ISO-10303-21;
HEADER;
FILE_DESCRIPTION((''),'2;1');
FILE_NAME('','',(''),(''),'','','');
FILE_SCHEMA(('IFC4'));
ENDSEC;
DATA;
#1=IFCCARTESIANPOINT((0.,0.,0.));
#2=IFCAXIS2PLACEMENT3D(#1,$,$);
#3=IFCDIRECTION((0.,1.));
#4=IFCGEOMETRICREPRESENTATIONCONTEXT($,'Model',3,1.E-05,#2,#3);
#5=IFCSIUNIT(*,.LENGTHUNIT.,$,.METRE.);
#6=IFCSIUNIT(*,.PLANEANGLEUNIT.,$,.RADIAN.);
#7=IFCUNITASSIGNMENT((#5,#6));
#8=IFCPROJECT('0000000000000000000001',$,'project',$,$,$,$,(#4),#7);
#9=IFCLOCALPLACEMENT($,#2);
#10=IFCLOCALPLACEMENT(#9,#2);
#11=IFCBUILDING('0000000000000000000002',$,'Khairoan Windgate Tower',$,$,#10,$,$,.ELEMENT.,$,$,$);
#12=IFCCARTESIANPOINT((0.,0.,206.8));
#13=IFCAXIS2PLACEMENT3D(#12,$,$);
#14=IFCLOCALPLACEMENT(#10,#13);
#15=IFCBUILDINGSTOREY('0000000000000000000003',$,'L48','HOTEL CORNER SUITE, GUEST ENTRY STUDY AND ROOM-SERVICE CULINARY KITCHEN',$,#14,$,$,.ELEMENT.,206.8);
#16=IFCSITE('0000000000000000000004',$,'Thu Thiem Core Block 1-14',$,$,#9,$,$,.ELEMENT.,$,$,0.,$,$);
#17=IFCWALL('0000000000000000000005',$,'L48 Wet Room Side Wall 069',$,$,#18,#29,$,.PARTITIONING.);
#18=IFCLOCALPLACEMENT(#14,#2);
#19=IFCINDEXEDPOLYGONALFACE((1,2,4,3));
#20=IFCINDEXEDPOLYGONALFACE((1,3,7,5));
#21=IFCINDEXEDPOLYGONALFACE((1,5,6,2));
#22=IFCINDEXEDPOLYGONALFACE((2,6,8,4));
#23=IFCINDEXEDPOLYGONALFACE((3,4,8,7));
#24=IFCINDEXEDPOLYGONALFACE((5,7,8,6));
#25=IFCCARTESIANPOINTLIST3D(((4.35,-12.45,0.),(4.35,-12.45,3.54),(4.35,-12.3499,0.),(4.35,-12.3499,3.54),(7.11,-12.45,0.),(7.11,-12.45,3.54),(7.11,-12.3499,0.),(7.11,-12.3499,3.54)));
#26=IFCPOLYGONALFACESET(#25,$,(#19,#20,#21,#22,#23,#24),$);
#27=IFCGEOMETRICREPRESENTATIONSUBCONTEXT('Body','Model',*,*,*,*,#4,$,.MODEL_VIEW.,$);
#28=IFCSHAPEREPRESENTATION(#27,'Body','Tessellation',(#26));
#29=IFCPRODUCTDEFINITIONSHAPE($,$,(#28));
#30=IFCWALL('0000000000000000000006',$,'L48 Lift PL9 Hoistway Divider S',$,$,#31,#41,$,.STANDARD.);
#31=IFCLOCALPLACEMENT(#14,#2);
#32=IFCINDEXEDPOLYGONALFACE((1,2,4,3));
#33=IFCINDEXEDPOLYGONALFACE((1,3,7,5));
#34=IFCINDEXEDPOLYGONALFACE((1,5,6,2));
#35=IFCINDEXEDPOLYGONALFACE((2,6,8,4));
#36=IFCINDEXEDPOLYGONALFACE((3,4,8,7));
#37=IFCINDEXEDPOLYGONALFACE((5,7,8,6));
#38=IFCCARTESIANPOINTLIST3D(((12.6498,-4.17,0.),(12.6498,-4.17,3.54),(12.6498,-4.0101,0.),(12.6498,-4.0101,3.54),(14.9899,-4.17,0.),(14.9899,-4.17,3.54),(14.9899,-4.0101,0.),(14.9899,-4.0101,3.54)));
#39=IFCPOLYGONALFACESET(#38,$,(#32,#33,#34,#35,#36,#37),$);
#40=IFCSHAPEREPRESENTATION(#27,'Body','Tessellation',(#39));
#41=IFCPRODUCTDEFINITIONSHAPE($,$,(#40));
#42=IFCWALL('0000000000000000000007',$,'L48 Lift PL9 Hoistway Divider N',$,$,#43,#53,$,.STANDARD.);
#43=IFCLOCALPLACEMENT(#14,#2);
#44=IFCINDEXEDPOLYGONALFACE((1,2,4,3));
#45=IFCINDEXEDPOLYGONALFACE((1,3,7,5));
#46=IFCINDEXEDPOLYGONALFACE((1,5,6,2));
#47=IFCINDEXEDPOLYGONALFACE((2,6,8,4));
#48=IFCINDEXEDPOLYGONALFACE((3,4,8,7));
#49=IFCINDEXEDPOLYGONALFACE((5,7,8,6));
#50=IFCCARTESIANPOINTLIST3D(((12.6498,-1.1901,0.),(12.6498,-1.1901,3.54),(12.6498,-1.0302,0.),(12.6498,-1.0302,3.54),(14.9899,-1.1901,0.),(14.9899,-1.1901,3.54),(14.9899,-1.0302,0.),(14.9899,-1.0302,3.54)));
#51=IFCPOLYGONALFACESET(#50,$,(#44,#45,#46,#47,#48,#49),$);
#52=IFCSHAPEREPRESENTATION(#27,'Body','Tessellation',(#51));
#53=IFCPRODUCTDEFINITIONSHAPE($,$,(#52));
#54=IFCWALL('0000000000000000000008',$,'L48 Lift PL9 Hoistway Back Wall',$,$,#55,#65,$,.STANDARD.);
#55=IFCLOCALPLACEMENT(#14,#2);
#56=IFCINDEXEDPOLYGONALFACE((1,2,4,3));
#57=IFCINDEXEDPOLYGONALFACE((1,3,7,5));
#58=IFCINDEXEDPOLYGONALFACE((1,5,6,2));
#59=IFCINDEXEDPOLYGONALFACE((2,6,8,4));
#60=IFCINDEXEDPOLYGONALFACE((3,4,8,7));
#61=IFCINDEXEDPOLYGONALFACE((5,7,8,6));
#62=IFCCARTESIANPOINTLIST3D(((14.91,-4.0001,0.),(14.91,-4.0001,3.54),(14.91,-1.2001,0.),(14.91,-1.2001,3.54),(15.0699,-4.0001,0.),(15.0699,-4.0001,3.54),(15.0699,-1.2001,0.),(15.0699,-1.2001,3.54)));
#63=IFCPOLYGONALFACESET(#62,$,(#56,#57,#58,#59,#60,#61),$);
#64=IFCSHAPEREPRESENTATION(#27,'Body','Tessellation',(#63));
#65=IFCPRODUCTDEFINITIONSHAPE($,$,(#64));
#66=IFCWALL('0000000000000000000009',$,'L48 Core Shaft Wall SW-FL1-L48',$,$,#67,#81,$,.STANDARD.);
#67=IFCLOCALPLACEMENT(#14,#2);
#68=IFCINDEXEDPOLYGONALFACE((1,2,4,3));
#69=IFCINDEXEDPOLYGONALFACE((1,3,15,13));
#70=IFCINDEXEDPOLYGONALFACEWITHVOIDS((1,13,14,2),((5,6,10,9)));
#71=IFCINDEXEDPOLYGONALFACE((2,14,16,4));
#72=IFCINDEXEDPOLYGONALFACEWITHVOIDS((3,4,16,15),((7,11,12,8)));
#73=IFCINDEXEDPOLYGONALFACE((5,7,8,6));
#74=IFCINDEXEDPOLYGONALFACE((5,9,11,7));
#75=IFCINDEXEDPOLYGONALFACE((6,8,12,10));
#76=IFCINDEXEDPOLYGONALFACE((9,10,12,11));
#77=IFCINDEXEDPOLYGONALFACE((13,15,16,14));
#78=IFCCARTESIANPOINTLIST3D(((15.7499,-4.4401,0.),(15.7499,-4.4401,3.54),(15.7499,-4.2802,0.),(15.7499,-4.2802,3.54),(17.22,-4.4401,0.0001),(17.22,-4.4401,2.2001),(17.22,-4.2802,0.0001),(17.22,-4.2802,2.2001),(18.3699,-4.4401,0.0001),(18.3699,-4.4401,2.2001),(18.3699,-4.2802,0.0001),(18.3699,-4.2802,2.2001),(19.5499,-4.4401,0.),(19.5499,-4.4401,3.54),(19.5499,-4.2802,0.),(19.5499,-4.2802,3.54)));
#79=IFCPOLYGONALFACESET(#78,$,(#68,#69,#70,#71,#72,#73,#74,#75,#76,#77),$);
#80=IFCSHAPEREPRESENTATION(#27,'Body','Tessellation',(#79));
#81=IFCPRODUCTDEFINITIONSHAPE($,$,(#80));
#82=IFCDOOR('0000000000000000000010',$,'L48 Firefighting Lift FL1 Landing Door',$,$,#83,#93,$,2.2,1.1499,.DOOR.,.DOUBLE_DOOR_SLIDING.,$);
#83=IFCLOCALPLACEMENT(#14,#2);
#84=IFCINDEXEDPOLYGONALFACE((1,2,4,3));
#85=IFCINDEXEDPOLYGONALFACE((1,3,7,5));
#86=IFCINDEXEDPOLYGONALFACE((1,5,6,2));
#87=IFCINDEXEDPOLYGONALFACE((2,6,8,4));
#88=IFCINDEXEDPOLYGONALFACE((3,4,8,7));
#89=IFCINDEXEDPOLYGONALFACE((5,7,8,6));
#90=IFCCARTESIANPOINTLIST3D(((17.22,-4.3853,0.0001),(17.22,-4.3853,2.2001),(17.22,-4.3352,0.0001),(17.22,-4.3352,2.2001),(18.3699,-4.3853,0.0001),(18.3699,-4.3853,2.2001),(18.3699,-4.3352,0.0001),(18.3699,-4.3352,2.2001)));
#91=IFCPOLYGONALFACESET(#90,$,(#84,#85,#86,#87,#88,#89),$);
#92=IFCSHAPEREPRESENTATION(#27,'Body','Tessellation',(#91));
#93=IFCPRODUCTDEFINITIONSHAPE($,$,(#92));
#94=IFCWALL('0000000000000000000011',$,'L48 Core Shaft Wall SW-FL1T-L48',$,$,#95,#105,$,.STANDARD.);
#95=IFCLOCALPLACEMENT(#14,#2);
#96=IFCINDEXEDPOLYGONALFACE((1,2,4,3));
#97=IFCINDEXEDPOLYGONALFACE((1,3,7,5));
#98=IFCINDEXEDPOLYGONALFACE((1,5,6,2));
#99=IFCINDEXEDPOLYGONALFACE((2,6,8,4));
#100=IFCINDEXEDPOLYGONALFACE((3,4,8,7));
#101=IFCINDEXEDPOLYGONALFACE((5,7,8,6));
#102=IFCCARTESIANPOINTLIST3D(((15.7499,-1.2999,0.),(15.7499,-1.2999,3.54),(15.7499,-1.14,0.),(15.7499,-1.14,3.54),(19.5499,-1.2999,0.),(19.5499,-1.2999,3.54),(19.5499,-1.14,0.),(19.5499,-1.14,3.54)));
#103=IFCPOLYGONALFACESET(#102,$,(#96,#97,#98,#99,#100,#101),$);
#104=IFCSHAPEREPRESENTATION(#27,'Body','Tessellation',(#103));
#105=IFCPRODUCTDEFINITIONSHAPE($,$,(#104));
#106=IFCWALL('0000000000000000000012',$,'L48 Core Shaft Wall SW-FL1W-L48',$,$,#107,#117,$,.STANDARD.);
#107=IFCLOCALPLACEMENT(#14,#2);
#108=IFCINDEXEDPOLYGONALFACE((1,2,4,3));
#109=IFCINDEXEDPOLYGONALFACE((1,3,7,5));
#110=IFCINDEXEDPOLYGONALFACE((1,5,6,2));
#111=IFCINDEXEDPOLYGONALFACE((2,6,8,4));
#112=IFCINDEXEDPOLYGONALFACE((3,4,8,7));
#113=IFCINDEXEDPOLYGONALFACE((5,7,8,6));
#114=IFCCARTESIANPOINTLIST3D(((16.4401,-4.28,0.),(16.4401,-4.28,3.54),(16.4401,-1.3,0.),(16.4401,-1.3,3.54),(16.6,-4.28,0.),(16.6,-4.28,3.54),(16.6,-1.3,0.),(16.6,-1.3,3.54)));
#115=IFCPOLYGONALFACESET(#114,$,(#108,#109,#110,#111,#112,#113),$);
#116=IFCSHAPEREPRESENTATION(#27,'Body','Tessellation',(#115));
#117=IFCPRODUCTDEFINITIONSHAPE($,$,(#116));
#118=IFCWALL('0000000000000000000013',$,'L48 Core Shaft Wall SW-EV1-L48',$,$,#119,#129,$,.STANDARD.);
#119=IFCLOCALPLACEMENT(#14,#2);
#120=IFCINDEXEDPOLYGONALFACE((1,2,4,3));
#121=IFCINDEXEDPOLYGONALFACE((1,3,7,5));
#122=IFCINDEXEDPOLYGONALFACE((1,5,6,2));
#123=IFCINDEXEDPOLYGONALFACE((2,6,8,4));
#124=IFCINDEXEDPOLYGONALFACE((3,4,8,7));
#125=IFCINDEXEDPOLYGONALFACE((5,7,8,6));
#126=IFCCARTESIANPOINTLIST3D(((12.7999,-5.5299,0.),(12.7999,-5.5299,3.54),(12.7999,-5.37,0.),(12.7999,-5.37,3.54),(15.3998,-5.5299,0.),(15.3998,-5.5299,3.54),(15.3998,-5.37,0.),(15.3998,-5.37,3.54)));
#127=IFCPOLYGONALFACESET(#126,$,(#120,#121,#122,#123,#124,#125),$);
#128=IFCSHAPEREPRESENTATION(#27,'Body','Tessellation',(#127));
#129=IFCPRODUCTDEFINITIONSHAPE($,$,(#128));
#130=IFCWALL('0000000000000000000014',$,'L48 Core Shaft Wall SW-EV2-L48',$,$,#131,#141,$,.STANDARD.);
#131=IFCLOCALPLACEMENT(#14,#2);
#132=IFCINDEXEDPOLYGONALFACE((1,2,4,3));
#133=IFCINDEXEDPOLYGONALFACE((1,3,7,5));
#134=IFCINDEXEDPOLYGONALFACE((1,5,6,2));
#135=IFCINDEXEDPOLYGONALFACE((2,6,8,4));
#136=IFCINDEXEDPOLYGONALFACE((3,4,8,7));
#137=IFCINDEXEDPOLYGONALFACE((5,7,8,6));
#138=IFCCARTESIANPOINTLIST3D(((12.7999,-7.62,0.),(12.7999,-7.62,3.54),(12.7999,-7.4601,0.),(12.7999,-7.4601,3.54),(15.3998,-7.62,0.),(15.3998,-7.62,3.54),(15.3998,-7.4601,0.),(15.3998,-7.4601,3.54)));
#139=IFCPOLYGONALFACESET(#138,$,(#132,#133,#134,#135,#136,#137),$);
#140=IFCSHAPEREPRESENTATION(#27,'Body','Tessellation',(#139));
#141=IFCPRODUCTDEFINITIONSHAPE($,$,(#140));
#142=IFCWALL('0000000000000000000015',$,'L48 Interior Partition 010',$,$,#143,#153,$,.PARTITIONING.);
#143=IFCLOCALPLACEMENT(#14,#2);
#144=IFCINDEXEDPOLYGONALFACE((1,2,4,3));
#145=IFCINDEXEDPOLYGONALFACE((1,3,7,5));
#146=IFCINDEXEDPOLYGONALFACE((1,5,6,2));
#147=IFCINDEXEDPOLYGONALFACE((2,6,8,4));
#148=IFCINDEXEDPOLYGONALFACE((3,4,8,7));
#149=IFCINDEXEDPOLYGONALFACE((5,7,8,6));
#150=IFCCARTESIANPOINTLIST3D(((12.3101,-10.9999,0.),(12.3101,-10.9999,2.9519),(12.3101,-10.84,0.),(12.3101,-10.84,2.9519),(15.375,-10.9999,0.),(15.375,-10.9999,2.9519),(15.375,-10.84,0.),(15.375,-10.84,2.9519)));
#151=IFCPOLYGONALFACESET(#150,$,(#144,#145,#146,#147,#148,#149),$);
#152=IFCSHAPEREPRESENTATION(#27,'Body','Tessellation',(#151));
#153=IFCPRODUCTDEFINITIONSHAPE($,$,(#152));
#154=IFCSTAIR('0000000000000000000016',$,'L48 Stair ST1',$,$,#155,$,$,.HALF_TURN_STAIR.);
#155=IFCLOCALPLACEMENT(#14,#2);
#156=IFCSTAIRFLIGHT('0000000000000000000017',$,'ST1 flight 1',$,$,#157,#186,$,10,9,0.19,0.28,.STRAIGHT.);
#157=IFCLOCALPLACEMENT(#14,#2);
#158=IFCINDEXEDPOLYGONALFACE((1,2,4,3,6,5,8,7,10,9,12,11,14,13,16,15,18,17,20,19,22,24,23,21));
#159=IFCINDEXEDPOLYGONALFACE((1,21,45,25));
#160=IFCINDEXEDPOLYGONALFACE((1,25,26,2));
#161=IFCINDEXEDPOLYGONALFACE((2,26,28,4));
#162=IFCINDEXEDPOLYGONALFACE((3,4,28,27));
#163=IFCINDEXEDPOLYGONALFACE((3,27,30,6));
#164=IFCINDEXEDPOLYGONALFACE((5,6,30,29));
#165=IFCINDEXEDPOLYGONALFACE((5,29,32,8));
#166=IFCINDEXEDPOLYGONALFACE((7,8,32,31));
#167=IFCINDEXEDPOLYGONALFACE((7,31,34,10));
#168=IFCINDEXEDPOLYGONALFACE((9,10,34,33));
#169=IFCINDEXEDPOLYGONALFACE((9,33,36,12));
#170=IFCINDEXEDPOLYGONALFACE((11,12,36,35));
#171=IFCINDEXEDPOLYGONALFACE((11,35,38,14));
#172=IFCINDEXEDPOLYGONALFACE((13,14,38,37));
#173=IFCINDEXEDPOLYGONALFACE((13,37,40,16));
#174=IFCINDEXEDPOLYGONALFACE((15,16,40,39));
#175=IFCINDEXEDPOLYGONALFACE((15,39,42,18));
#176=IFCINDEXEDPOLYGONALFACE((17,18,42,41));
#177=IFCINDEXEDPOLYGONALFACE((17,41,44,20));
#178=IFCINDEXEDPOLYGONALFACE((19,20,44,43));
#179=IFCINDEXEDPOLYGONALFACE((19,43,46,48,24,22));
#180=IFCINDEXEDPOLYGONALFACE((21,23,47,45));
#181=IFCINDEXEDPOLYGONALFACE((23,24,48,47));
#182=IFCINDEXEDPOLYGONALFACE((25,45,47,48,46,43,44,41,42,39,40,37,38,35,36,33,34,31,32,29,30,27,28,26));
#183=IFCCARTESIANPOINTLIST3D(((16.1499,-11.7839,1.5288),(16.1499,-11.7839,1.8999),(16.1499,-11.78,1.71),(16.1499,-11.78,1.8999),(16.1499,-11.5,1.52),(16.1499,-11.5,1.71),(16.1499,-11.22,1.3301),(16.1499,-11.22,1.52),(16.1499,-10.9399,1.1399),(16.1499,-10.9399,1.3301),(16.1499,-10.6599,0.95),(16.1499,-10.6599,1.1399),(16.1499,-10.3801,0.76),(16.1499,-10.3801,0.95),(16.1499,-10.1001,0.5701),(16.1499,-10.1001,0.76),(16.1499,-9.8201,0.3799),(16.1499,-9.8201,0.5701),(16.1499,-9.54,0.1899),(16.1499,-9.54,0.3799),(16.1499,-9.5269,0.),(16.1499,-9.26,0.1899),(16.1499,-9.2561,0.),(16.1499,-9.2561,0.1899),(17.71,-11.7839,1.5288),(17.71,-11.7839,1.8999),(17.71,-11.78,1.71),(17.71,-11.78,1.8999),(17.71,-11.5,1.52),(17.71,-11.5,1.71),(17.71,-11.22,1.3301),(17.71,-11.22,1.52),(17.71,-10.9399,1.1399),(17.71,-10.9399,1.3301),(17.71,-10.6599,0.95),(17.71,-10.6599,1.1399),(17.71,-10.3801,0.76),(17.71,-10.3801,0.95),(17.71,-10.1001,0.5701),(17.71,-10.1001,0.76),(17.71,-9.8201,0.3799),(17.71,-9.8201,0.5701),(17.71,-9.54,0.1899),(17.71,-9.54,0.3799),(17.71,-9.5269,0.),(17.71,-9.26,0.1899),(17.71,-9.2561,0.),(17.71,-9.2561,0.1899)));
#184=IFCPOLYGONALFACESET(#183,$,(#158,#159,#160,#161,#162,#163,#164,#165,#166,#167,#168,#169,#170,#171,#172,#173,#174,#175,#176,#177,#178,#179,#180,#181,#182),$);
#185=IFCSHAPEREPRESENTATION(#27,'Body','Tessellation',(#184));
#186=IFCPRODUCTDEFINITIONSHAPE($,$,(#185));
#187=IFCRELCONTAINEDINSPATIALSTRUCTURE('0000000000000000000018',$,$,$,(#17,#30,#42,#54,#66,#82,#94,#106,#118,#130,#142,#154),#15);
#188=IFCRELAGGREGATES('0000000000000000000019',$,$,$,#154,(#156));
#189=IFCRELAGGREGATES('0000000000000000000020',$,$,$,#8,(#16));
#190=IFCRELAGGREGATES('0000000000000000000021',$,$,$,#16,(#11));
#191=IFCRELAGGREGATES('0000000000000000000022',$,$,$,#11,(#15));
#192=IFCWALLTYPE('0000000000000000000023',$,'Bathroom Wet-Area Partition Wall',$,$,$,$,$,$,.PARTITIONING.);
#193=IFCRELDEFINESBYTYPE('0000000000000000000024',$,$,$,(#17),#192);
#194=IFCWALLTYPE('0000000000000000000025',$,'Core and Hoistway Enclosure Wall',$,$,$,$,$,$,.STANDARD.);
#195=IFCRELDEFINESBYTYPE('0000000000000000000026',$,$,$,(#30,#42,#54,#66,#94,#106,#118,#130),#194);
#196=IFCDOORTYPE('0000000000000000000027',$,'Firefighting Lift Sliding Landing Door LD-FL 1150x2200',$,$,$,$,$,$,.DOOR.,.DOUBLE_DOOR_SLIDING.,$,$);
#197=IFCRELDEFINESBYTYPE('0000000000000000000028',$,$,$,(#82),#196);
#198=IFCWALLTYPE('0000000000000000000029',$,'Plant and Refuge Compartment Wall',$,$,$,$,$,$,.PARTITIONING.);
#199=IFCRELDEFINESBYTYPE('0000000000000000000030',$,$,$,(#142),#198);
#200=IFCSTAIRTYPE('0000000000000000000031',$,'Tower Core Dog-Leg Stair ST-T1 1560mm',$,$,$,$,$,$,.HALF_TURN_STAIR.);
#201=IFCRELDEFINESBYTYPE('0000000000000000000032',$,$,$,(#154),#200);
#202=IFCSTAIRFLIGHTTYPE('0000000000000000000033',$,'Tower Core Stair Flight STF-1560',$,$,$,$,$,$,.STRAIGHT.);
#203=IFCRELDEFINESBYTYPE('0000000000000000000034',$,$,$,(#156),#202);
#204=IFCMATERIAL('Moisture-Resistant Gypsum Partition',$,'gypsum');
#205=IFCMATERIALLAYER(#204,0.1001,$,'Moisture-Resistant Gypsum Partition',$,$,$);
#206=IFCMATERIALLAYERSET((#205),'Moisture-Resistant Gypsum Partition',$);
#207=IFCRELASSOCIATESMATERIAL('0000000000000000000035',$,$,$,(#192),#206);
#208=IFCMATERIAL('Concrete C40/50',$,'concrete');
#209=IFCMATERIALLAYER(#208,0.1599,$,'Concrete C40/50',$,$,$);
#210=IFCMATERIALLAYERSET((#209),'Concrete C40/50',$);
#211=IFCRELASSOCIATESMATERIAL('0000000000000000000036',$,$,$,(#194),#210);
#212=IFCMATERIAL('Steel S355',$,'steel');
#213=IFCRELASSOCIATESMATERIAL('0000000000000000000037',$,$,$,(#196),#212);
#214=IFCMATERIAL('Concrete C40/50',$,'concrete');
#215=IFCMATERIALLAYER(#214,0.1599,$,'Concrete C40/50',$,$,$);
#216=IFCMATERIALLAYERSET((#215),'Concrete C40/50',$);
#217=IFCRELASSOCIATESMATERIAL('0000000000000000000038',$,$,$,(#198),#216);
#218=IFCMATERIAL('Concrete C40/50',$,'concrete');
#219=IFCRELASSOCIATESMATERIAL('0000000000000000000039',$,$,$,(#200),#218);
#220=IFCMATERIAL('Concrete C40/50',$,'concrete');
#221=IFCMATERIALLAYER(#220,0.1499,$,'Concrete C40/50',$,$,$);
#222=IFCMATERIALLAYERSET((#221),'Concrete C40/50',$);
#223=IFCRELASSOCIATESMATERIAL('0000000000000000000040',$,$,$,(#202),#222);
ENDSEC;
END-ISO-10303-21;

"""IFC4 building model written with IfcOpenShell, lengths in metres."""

from ifc_helpers import new_model, si_unit, direction, frame, frame_2d, origin, place, context, subcontext, project, spatial, polyline, rectangle, outline, extrude, material, layer, layer_set, type_object, element, fill, aggregate, save


model = new_model("IFC4")

# Units and contexts
model_context = context("Model", 3, precision=1e-05, world=origin(), true_north=direction((0.0, 1.0)))
body_context = subcontext(model_context, "Body", "Model", "MODEL_VIEW")
ifc_project = project(units=[si_unit("LENGTHUNIT", "METRE"), si_unit("PLANEANGLEUNIT", "RADIAN")], contexts=[model_context])

# Site, building, storey
site_placement = place(None, origin())
site = spatial("IfcSite", under=ifc_project, at=site_placement, Name="Thu Thiem Core Block 1-14", CompositionType="ELEMENT", RefElevation=0.0)
building_placement = place(site_placement, origin())
building = spatial("IfcBuilding", under=site, at=building_placement, Name="Khairoan Windgate Tower", CompositionType="ELEMENT")
storey_placement = place(building_placement, frame((0.0, 0.0, 206.8)))
storey = spatial("IfcBuildingStorey", under=building, at=storey_placement, Name="L48", Description="HOTEL CORNER SUITE, GUEST ENTRY STUDY AND ROOM-SERVICE CULINARY KITCHEN", CompositionType="ELEMENT", Elevation=206.8)

# Walls
ifc_material_1 = material(Name="Moisture-Resistant Gypsum Partition", Category="gypsum")
ifc_layer_1 = layer(ifc_material_1, 0.1001, Name="Moisture-Resistant Gypsum Partition")
ifc_layer_set_1 = layer_set([ifc_layer_1], Name="Moisture-Resistant Gypsum Partition")
wall_type_1 = type_object("IfcWallType", Name="Bathroom Wet-Area Partition Wall", PredefinedType="PARTITIONING", material=ifc_layer_set_1)
wall_1_placement = place(storey_placement, frame((4.3501, -12.3999, 0.0), z_axis=(0.0, 0.0, 1.0), x_axis=(1.0, 0.0, 0.0)))
element("IfcWall", 1, at=wall_1_placement, inside=storey, type_object=wall_type_1, Name="L48 Wet Room Side Wall 069", PredefinedType="PARTITIONING", context=body_context, shape_type="SweptSolid", body=[
    extrude(rectangle(XDim=2.76, YDim=0.1001, at=frame_2d((1.3799, 0.0))), origin(), (0.0, 0.0, 1.0), 3.54),
])
ifc_material_2 = material(Name="Concrete C40/50", Category="concrete")
ifc_layer_2 = layer(ifc_material_2, 0.1599, Name="Concrete C40/50")
ifc_layer_set_2 = layer_set([ifc_layer_2], Name="Concrete C40/50")
wall_type_2 = type_object("IfcWallType", Name="Core and Hoistway Enclosure Wall", PredefinedType="STANDARD", material=ifc_layer_set_2)
for number, where, z_axis, x_axis, name in (
    (2, (12.6499, -4.0901, 0.0), (0.0, 0.0, 1.0), (1.0, 0.0, 0.0), "L48 Lift PL9 Hoistway Divider S"),
    (3, (12.6499, -1.1101, 0.0), (0.0, 0.0, 1.0), (1.0, 0.0, 0.0), "L48 Lift PL9 Hoistway Divider N"),
):
    element("IfcWall", number, at=place(storey_placement, frame(where, z_axis=z_axis, x_axis=x_axis)), inside=storey, type_object=wall_type_2, Name=name, PredefinedType="STANDARD", context=body_context, shape_type="SweptSolid", body=[
        extrude(rectangle(XDim=2.3401, YDim=0.1599, at=frame_2d((1.1699, 0.0))), origin(), (0.0, 0.0, 1.0), 3.54),
    ])
wall_2_placement = place(storey_placement, frame((14.99, -4.0, 0.0), z_axis=(0.0, 0.0, 1.0), x_axis=(0.0, 1.0, 0.0)))
element("IfcWall", 4, at=wall_2_placement, inside=storey, type_object=wall_type_2, Name="L48 Lift PL9 Hoistway Back Wall", PredefinedType="STANDARD", context=body_context, shape_type="SweptSolid", body=[
    extrude(rectangle(XDim=2.8, YDim=0.1599, at=frame_2d((1.3999, 0.0))), origin(), (0.0, 0.0, 1.0), 3.54),
])

# Wall, opening, door
wall_3_placement = place(storey_placement, frame((15.75, -4.3601, 0.0), z_axis=(0.0, 0.0, 1.0), x_axis=(1.0, 0.0, 0.0)))
wall_3 = element("IfcWall", 5, at=wall_3_placement, inside=storey, type_object=wall_type_2, Name="L48 Core Shaft Wall SW-FL1-L48", PredefinedType="STANDARD", context=body_context, shape_type="SweptSolid", body=[
    extrude(rectangle(XDim=3.8, YDim=0.1599, at=frame_2d((1.8999, 0.0))), origin(), (0.0, 0.0, 1.0), 3.54),
])
opening_placement = place(wall_3_placement, frame((1.47, 0.0, 0.0)))
opening = element("IfcOpeningElement", 6, at=opening_placement, cuts=wall_3, PredefinedType="OPENING", context=body_context, shape_type="SweptSolid", body=[
    extrude(rectangle(XDim=1.1499, YDim=2.2, at=frame_2d((0.575, 1.1001))), frame((0.0, 0.0898, 0.0), z_axis=(0.0, -1.0, 0.0), x_axis=(1.0, 0.0, 0.0)), (0.0, 0.0, 1.0), 0.1799),
])
ifc_material_3 = material(Name="Steel S355", Category="steel")
door_type = type_object("IfcDoorType", Name="Firefighting Lift Sliding Landing Door LD-FL 1150x2200", OperationType="DOUBLE_DOOR_SLIDING", PredefinedType="DOOR", material=ifc_material_3)
door_placement = place(opening_placement, origin())
door = element("IfcDoor", 7, at=door_placement, inside=storey, type_object=door_type, Name="L48 Firefighting Lift FL1 Landing Door", OperationType="DOUBLE_DOOR_SLIDING", OverallHeight=2.2, OverallWidth=1.1499, PredefinedType="DOOR", context=body_context, shape_type="SweptSolid", body=[
    extrude(rectangle(XDim=1.1499, YDim=2.2, at=frame_2d((0.575, 1.1001))), frame((0.0, 0.0249, 0.0), z_axis=(0.0, -1.0, 0.0), x_axis=(1.0, 0.0, 0.0)), (0.0, 0.0, 1.0), 0.05),
])
fill(opening, door)

# Walls
wall_4_placement = place(storey_placement, frame((15.75, -1.22, 0.0), z_axis=(0.0, 0.0, 1.0), x_axis=(1.0, 0.0, 0.0)))
element("IfcWall", 8, at=wall_4_placement, inside=storey, type_object=wall_type_2, Name="L48 Core Shaft Wall SW-FL1T-L48", PredefinedType="STANDARD", context=body_context, shape_type="SweptSolid", body=[
    extrude(rectangle(XDim=3.8, YDim=0.1599, at=frame_2d((1.8999, 0.0))), origin(), (0.0, 0.0, 1.0), 3.54),
])
wall_5_placement = place(storey_placement, frame((16.52, -4.28, 0.0), z_axis=(0.0, 0.0, 1.0), x_axis=(0.0, 1.0, 0.0)))
element("IfcWall", 9, at=wall_5_placement, inside=storey, type_object=wall_type_2, Name="L48 Core Shaft Wall SW-FL1W-L48", PredefinedType="STANDARD", context=body_context, shape_type="SweptSolid", body=[
    extrude(rectangle(XDim=2.98, YDim=0.1599, at=frame_2d((1.49, 0.0))), origin(), (0.0, 0.0, 1.0), 3.54),
])
for number, where, z_axis, x_axis, name in (
    (10, (12.8, -5.45, 0.0), (0.0, 0.0, 1.0), (1.0, 0.0, 0.0), "L48 Core Shaft Wall SW-EV1-L48"),
    (11, (12.8, -7.54, 0.0), (0.0, 0.0, 1.0), (1.0, 0.0, 0.0), "L48 Core Shaft Wall SW-EV2-L48"),
):
    element("IfcWall", number, at=place(storey_placement, frame(where, z_axis=z_axis, x_axis=x_axis)), inside=storey, type_object=wall_type_2, Name=name, PredefinedType="STANDARD", context=body_context, shape_type="SweptSolid", body=[
        extrude(rectangle(XDim=2.5999, YDim=0.1599, at=frame_2d((1.2998, 0.0))), origin(), (0.0, 0.0, 1.0), 3.54),
    ])
ifc_material_4 = material(Name="Concrete C40/50", Category="concrete")
ifc_layer_3 = layer(ifc_material_4, 0.1599, Name="Concrete C40/50")
ifc_layer_set_3 = layer_set([ifc_layer_3], Name="Concrete C40/50")
wall_type_3 = type_object("IfcWallType", Name="Plant and Refuge Compartment Wall", PredefinedType="PARTITIONING", material=ifc_layer_set_3)
wall_6_placement = place(storey_placement, frame((12.3101, -10.9199, 0.0), z_axis=(0.0, 0.0, 1.0), x_axis=(1.0, 0.0, 0.0)))
element("IfcWall", 12, at=wall_6_placement, inside=storey, type_object=wall_type_3, Name="L48 Interior Partition 010", PredefinedType="PARTITIONING", context=body_context, shape_type="SweptSolid", body=[
    extrude(rectangle(XDim=3.0649, YDim=0.1599, at=frame_2d((1.5325, 0.0))), origin(), (0.0, 0.0, 1.0), 2.9519),
])

# Stair, stair flight
ifc_material_5 = material(Name="Concrete C40/50", Category="concrete")
stair_type = type_object("IfcStairType", Name="Tower Core Dog-Leg Stair ST-T1 1560mm", PredefinedType="HALF_TURN_STAIR", material=ifc_material_5)
stair_placement = place(storey_placement, origin())
stair = element("IfcStair", 13, at=stair_placement, inside=storey, type_object=stair_type, Name="L48 Stair ST1", PredefinedType="HALF_TURN_STAIR")
ifc_material_6 = material(Name="Concrete C40/50", Category="concrete")
ifc_layer_4 = layer(ifc_material_6, 0.1499, Name="Concrete C40/50")
ifc_layer_set_4 = layer_set([ifc_layer_4], Name="Concrete C40/50")
stair_flight_type = type_object("IfcStairFlightType", Name="Tower Core Stair Flight STF-1560", PredefinedType="STRAIGHT", material=ifc_layer_set_4)
stair_flight_placement = place(storey_placement, frame((16.9299, -9.26, 0.0), z_axis=(0.0, 0.0, 1.0), x_axis=(0.0, -1.0, 0.0)))
stair_flight = element("IfcStairFlight", 14, at=stair_flight_placement, type_object=stair_flight_type, Name="ST1 flight 1", NumberOfRisers=10, NumberOfTreads=9, PredefinedType="STRAIGHT", RiserHeight=0.19, TreadLength=0.28, context=body_context, shape_type="SweptSolid", body=[
    extrude(outline(polyline([(-0.0039, 0.0), (-0.0039, 0.1899), (0.0, 0.1899), (0.28, 0.1899), (0.28, 0.3799), (0.5601, 0.3799), (0.5601, 0.5701), (0.8401, 0.5701), (0.8401, 0.76), (1.1201, 0.76), (1.1201, 0.95), (1.3999, 0.95), (1.3999, 1.1399), (1.6799, 1.1399), (1.6799, 1.3301), (1.96, 1.3301), (1.96, 1.52), (2.24, 1.52), (2.24, 1.71), (2.52, 1.71), (2.52, 1.8999), (2.5239, 1.8999), (2.5239, 1.5288), (0.2668, 0.0), (-0.0039, 0.0)])), frame((0.0, 0.78, 0.0), z_axis=(0.0, -1.0, 0.0), x_axis=(1.0, 0.0, 0.0)), (0.0, 0.0, 1.0), 1.5601),
])
aggregate(stair, [stair_flight])

save(model, "model.ifc")
